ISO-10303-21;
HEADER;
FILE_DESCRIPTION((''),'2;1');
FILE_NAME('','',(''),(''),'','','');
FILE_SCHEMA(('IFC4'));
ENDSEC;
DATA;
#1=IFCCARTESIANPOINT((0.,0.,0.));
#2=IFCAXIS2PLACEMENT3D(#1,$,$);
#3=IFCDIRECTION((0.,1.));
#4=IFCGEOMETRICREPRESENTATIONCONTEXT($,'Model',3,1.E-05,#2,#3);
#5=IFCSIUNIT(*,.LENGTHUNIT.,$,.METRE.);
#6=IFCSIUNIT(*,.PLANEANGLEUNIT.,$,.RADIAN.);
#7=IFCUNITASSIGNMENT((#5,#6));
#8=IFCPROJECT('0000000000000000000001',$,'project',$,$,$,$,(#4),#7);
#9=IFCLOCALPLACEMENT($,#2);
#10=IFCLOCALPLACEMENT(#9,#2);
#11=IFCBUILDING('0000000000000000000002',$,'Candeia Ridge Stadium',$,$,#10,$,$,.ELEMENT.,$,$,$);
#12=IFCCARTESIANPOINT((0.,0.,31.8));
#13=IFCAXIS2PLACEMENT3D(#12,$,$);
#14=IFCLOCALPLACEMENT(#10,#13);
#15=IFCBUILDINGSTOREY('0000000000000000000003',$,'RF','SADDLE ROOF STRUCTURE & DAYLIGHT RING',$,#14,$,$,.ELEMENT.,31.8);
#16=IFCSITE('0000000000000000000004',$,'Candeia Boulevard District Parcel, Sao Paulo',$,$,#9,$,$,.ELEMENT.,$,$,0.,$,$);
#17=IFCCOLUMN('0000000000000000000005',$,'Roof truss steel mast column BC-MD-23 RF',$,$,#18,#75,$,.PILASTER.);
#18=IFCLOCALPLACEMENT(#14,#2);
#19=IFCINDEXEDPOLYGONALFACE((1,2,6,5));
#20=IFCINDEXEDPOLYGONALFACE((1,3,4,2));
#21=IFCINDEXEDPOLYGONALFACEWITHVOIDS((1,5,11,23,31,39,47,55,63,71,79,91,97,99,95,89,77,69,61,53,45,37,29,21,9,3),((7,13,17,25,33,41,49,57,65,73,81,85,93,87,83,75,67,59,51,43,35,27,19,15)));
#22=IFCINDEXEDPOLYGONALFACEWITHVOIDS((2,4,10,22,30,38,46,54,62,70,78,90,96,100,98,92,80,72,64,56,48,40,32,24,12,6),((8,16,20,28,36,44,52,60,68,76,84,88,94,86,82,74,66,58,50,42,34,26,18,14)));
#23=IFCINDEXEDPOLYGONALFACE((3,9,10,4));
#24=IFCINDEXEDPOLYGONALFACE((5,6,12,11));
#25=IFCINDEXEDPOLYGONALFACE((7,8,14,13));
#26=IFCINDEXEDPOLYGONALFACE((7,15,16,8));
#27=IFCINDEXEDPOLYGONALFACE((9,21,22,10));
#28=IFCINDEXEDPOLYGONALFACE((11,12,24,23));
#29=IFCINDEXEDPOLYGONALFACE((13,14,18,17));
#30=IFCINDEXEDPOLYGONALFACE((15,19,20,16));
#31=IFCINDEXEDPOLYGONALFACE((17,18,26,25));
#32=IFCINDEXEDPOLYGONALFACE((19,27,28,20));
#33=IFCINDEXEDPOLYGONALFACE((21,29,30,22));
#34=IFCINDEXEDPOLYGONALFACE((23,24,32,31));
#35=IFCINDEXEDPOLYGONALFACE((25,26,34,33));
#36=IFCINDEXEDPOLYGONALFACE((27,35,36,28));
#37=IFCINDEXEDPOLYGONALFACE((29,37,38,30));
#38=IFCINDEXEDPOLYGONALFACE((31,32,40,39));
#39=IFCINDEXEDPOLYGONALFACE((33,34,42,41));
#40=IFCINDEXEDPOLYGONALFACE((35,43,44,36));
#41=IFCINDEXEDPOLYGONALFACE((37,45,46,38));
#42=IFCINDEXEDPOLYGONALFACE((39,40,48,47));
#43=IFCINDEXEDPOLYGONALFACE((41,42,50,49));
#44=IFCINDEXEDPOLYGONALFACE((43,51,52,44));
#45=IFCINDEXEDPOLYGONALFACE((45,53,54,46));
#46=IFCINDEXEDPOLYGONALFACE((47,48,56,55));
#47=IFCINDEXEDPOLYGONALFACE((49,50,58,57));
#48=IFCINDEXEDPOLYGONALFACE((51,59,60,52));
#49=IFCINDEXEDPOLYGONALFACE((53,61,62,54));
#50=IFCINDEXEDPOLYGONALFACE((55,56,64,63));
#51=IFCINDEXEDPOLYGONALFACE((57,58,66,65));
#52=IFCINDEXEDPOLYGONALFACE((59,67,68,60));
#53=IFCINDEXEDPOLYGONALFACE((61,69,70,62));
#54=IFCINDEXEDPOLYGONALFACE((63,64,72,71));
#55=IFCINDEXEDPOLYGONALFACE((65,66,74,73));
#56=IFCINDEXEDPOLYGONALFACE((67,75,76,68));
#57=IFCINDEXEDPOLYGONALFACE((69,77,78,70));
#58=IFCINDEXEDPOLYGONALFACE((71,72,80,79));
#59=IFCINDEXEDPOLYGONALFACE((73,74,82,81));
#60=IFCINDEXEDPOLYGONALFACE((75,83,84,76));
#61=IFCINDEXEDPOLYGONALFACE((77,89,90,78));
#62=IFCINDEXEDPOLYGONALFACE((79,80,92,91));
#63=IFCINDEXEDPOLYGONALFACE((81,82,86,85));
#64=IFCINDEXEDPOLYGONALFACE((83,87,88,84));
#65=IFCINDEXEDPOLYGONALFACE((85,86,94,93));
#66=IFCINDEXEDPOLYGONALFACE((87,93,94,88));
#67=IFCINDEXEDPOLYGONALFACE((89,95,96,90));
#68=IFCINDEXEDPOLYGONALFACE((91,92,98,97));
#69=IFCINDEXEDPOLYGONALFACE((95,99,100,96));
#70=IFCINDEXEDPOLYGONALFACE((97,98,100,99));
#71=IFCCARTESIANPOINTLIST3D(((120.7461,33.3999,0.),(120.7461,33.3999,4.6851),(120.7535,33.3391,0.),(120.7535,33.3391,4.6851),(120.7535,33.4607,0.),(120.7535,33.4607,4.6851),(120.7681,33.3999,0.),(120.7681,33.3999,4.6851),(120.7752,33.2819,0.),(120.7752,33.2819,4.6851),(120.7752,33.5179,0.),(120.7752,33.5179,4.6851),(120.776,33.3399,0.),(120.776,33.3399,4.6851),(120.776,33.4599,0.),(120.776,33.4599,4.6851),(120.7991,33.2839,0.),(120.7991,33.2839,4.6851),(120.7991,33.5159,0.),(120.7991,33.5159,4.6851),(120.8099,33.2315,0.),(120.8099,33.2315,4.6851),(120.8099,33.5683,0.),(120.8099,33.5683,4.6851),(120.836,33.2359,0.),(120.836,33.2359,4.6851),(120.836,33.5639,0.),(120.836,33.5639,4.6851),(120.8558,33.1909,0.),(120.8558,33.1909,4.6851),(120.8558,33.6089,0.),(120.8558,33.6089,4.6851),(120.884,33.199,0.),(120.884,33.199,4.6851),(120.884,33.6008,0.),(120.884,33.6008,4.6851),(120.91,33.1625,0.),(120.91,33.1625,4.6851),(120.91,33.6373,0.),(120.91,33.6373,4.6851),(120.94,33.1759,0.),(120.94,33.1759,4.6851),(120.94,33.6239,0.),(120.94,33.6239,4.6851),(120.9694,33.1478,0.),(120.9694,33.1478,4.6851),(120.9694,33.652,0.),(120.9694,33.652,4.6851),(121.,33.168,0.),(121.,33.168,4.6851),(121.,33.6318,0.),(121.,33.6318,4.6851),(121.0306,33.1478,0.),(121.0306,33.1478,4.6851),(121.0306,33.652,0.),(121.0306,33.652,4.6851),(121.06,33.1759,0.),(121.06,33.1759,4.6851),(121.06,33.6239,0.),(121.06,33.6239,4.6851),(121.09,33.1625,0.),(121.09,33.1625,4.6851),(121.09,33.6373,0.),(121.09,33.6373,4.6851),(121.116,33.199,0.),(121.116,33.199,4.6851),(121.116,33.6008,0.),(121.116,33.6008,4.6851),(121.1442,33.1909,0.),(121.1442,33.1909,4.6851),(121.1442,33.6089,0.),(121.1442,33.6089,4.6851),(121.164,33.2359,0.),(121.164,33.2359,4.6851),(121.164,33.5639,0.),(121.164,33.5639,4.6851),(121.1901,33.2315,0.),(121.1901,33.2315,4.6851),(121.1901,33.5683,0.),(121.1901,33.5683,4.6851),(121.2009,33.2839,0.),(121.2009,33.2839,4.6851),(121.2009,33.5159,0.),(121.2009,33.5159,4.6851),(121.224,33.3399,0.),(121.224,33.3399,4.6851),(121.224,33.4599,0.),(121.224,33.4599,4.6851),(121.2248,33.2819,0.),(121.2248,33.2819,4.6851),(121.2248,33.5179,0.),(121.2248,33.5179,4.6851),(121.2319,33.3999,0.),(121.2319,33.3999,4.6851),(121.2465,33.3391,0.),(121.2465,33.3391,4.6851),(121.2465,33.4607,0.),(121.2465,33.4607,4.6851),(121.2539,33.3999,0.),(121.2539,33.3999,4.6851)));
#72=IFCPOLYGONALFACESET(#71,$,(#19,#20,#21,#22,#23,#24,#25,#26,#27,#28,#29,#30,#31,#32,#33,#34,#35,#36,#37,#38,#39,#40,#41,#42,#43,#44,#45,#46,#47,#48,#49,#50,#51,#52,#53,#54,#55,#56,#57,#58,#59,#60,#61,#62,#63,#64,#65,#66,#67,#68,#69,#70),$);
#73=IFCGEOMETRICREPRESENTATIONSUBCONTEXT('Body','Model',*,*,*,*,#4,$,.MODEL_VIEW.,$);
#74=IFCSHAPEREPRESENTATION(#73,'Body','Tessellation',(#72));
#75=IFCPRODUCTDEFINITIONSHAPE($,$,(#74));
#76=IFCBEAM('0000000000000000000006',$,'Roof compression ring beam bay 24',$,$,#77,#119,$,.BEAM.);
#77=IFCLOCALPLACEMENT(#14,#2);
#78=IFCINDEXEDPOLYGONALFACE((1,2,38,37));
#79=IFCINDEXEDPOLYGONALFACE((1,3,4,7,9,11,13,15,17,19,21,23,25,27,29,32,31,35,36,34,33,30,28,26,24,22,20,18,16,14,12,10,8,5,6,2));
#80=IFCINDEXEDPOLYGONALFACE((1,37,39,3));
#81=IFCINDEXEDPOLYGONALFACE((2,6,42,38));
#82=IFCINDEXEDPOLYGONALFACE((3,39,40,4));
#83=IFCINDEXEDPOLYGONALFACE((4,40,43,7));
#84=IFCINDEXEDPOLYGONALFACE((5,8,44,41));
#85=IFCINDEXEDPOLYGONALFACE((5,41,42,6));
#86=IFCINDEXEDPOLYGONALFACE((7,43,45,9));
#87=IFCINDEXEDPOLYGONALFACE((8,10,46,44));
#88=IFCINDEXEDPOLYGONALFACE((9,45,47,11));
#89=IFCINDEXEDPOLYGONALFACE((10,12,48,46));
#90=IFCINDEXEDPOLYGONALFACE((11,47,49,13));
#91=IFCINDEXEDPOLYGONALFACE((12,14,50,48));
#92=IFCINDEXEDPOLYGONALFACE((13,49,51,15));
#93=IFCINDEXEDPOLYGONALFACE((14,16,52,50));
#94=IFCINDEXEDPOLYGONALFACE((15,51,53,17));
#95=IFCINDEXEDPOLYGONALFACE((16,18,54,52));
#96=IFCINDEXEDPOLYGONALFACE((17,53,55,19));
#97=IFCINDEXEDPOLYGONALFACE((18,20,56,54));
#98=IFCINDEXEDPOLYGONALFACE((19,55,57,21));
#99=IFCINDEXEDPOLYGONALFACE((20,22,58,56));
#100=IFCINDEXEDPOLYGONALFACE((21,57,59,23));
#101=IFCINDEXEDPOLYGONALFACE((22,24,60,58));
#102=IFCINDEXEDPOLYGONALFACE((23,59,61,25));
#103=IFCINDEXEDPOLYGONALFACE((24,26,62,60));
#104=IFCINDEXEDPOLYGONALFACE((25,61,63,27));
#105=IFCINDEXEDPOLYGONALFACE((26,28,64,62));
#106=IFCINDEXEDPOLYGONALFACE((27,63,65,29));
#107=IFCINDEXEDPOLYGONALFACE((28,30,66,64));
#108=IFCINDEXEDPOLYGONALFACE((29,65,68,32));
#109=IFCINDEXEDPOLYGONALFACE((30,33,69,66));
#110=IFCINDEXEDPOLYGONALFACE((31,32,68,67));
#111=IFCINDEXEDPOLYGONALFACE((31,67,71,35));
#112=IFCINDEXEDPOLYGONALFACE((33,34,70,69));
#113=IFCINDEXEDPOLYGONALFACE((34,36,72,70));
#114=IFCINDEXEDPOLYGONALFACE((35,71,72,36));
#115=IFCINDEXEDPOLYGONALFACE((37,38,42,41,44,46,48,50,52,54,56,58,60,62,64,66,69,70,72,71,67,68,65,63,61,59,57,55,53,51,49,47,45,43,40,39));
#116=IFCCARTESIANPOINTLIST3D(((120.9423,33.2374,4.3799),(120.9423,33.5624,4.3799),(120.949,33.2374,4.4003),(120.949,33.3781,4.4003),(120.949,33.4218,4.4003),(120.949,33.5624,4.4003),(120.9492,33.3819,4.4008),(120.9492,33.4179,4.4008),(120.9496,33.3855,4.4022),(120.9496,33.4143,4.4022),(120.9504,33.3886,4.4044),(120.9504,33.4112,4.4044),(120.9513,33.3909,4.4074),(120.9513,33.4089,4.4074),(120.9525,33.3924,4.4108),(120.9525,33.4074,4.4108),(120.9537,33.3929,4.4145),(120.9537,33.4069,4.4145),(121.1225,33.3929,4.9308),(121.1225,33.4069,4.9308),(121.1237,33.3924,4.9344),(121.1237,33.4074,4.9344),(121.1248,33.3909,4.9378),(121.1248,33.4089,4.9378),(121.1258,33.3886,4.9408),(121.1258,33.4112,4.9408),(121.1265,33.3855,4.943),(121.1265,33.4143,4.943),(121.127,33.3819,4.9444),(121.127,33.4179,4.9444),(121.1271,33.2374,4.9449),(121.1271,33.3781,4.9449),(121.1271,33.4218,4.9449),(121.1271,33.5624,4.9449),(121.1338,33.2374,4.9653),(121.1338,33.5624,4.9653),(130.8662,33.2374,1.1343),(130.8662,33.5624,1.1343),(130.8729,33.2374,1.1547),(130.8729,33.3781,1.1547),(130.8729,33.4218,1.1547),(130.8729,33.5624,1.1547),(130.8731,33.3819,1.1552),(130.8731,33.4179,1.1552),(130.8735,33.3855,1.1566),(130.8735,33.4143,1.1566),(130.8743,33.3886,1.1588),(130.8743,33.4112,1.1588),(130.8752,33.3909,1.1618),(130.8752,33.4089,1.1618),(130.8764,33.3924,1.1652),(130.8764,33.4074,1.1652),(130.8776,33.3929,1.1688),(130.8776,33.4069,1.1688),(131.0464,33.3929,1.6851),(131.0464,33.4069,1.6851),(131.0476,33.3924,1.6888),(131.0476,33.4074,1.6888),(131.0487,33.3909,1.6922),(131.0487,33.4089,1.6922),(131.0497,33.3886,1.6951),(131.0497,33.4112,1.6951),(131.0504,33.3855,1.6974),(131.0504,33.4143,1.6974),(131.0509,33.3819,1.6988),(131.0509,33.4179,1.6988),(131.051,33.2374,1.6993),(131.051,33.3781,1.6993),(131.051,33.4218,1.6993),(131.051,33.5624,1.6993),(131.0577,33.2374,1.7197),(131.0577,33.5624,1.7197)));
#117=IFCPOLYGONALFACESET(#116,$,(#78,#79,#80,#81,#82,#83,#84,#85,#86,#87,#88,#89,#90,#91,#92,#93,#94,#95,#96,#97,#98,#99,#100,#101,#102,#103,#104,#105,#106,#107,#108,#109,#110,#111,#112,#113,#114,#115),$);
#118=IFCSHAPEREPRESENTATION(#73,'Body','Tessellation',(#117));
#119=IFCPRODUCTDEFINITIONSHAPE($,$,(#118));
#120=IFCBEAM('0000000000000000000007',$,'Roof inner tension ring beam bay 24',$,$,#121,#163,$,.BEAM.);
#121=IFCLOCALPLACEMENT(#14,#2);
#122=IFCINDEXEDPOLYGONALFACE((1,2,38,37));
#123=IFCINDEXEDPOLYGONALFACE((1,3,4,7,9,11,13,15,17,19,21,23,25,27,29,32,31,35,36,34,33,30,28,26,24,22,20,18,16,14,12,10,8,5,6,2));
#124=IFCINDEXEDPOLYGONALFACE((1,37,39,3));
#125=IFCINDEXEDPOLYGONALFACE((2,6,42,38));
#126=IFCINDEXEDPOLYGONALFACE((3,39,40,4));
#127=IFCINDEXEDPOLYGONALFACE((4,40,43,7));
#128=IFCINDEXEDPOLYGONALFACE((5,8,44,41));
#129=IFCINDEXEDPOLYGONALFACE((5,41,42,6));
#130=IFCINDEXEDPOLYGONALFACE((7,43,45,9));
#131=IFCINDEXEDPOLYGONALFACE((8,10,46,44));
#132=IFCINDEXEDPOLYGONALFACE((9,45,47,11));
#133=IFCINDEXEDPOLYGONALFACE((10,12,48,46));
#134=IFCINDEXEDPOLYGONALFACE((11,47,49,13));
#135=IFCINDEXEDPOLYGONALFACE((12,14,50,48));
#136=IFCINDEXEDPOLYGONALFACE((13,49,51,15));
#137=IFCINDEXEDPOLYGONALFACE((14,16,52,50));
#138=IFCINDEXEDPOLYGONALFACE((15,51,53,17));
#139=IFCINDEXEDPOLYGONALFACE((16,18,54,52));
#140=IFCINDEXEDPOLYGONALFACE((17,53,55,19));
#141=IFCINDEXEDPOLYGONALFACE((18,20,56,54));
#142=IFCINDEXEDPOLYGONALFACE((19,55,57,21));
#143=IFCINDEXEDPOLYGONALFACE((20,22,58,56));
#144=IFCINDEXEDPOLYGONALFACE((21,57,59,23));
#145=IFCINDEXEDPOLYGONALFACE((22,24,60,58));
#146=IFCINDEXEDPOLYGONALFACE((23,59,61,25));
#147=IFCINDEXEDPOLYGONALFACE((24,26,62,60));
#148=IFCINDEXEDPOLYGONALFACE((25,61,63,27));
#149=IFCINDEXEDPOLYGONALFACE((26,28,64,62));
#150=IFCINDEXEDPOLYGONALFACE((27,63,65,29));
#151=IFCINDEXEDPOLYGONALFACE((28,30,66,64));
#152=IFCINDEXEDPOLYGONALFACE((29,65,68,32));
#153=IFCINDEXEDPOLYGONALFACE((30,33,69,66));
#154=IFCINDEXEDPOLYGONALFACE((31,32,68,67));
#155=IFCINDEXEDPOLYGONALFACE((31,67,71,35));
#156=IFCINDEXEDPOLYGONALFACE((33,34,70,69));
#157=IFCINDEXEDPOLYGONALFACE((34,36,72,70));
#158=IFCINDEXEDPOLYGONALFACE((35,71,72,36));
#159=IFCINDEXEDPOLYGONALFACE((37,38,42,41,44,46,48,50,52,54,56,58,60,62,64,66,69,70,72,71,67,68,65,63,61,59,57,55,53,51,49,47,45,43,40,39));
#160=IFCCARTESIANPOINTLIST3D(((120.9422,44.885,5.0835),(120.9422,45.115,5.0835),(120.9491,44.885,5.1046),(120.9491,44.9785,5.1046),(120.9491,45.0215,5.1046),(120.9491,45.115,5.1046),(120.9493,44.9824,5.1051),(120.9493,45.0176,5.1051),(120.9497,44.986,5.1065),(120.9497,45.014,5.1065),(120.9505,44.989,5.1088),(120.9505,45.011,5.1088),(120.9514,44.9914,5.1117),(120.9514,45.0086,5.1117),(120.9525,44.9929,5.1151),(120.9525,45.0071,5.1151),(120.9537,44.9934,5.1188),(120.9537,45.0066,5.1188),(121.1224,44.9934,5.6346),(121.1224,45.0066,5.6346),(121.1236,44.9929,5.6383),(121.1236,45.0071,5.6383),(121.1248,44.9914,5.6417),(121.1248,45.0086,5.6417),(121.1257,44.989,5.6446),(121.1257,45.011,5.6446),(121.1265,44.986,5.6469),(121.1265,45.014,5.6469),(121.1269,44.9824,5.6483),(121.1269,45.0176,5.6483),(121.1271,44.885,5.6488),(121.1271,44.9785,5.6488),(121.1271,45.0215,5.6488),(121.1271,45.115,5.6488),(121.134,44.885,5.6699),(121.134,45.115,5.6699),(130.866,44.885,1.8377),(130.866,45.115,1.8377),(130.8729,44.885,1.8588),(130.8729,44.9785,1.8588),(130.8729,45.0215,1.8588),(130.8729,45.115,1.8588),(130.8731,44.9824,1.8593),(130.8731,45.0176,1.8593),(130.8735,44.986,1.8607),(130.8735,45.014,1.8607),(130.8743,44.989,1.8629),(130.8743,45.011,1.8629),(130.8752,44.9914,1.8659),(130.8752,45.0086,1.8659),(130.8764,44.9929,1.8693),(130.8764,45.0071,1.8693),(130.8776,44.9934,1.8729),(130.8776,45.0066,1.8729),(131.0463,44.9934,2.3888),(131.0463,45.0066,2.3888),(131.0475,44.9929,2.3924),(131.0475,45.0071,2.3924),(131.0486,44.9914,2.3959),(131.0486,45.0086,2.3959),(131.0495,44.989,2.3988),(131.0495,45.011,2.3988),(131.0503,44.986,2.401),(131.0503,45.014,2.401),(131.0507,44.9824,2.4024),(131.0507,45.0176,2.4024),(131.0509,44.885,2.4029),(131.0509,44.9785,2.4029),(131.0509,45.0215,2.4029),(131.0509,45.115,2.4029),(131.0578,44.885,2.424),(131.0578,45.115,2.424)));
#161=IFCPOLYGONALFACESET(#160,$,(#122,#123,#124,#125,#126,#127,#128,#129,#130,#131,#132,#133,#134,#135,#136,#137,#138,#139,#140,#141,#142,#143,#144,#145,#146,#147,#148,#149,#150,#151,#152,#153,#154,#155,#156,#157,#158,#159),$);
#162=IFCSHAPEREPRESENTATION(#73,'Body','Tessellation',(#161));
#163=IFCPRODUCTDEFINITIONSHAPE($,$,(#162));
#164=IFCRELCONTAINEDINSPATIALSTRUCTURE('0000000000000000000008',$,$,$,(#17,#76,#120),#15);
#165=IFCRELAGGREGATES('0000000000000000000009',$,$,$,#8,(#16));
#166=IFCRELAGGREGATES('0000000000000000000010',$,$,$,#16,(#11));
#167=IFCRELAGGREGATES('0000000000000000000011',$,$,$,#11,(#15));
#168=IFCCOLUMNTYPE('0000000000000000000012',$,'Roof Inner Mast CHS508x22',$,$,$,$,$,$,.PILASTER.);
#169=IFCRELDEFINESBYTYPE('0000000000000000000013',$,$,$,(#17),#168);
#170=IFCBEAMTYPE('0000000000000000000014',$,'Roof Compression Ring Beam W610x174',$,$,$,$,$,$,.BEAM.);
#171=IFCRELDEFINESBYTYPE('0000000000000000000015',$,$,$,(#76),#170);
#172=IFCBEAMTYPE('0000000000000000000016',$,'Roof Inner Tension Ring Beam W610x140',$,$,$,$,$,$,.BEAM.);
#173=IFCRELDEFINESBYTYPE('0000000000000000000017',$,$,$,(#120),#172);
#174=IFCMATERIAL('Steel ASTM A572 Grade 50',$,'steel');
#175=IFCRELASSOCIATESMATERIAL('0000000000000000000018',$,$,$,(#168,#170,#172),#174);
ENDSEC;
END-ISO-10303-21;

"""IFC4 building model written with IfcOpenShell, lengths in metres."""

from ifc_helpers import new_model, si_unit, direction, frame, origin, origin_2d, place, context, subcontext, project, spatial, hollow_circle, i_section, extrude, material, material_profile, profile_set, type_object, element, save


model = new_model("IFC4")

# Units and contexts
model_context = context("Model", 3, precision=1e-05, world=origin(), true_north=direction((0.0, 1.0)))
body_context = subcontext(model_context, "Body", "Model", "MODEL_VIEW")
ifc_project = project(units=[si_unit("LENGTHUNIT", "METRE"), si_unit("PLANEANGLEUNIT", "RADIAN")], contexts=[model_context])

# Site, building, storey
site_placement = place(None, origin())
site = spatial("IfcSite", under=ifc_project, at=site_placement, Name="Candeia Boulevard District Parcel, Sao Paulo", CompositionType="ELEMENT", RefElevation=0.0)
building_placement = place(site_placement, origin())
building = spatial("IfcBuilding", under=site, at=building_placement, Name="Candeia Ridge Stadium", CompositionType="ELEMENT")
storey_placement = place(building_placement, frame((0.0, 0.0, 31.8)))
storey = spatial("IfcBuildingStorey", under=building, at=storey_placement, Name="RF", Description="SADDLE ROOF STRUCTURE & DAYLIGHT RING", CompositionType="ELEMENT", Elevation=31.8)

# Column
ifc_material_1 = material(Name="Steel ASTM A572 Grade 50", Category="steel")
ifc_material_profile_1 = material_profile(ifc_material_1, hollow_circle(Radius=0.2539, WallThickness=0.022, at=origin_2d()), Name="CHS508x22", Category="steel")
ifc_profile_set_1 = profile_set([ifc_material_profile_1], Name="Steel ASTM A572 Grade 50")
column_type = type_object("IfcColumnType", Name="Roof Inner Mast CHS508x22", PredefinedType="PILASTER", material=ifc_profile_set_1)
column_placement = place(storey_placement, frame((121.0, 33.3999, 0.0), z_axis=(0.0, 0.0, 1.0), x_axis=(1.0, 0.0, 0.0)))
element("IfcColumn", 1, at=column_placement, inside=storey, type_object=column_type, Name="Roof truss steel mast column BC-MD-23 RF", PredefinedType="PILASTER", context=body_context, shape_type="SweptSolid", body=[
    extrude(hollow_circle(Radius=0.2539, WallThickness=0.022, at=origin_2d()), origin(), (0.0, 0.0, 1.0), 4.6851),
])

# Beams
ifc_material_profile_2 = material_profile(ifc_material_1, i_section(OverallWidth=0.325, OverallDepth=0.616, WebThickness=0.0139, FlangeThickness=0.0215, FilletRadius=0.0149, at=origin_2d()), Name="W610x174", Category="steel")
ifc_profile_set_2 = profile_set([ifc_material_profile_2], Name="Steel ASTM A572 Grade 50")
beam_type_1 = type_object("IfcBeamType", Name="Roof Compression Ring Beam W610x174", PredefinedType="BEAM", material=ifc_profile_set_2)
beam_1_placement = place(storey_placement, frame((121.0381, 33.3999, 4.6726), z_axis=(0.950459, 0.0, -0.310849), x_axis=(0.0, 1.0, 0.0)))
element("IfcBeam", 2, at=beam_1_placement, inside=storey, type_object=beam_type_1, Name="Roof compression ring beam bay 24", PredefinedType="BEAM", context=body_context, shape_type="SweptSolid", body=[
    extrude(i_section(OverallWidth=0.325, OverallDepth=0.616, WebThickness=0.0139, FlangeThickness=0.0215, FilletRadius=0.0149, at=origin_2d()), origin(), (0.0, 0.0, 1.0), 10.4412),
])
ifc_material_profile_3 = material_profile(ifc_material_1, i_section(OverallWidth=0.23, OverallDepth=0.6169, WebThickness=0.0132, FlangeThickness=0.0222, FilletRadius=0.0149, at=origin_2d()), Name="W610x140", Category="steel")
ifc_profile_set_3 = profile_set([ifc_material_profile_3], Name="Steel ASTM A572 Grade 50")
beam_type_2 = type_object("IfcBeamType", Name="Roof Inner Tension Ring Beam W610x140", PredefinedType="BEAM", material=ifc_profile_set_3)
beam_2_placement = place(storey_placement, frame((121.0381, 45.0, 5.3767), z_axis=(0.950452, 0.0, -0.31087), x_axis=(0.0, 1.0, 0.0)))
element("IfcBeam", 3, at=beam_2_placement, inside=storey, type_object=beam_type_2, Name="Roof inner tension ring beam bay 24", PredefinedType="BEAM", context=body_context, shape_type="SweptSolid", body=[
    extrude(i_section(OverallWidth=0.23, OverallDepth=0.6169, WebThickness=0.0132, FlangeThickness=0.0222, FilletRadius=0.0149, at=origin_2d()), origin(), (0.0, 0.0, 1.0), 10.4412),
])

save(model, "model.ifc")
